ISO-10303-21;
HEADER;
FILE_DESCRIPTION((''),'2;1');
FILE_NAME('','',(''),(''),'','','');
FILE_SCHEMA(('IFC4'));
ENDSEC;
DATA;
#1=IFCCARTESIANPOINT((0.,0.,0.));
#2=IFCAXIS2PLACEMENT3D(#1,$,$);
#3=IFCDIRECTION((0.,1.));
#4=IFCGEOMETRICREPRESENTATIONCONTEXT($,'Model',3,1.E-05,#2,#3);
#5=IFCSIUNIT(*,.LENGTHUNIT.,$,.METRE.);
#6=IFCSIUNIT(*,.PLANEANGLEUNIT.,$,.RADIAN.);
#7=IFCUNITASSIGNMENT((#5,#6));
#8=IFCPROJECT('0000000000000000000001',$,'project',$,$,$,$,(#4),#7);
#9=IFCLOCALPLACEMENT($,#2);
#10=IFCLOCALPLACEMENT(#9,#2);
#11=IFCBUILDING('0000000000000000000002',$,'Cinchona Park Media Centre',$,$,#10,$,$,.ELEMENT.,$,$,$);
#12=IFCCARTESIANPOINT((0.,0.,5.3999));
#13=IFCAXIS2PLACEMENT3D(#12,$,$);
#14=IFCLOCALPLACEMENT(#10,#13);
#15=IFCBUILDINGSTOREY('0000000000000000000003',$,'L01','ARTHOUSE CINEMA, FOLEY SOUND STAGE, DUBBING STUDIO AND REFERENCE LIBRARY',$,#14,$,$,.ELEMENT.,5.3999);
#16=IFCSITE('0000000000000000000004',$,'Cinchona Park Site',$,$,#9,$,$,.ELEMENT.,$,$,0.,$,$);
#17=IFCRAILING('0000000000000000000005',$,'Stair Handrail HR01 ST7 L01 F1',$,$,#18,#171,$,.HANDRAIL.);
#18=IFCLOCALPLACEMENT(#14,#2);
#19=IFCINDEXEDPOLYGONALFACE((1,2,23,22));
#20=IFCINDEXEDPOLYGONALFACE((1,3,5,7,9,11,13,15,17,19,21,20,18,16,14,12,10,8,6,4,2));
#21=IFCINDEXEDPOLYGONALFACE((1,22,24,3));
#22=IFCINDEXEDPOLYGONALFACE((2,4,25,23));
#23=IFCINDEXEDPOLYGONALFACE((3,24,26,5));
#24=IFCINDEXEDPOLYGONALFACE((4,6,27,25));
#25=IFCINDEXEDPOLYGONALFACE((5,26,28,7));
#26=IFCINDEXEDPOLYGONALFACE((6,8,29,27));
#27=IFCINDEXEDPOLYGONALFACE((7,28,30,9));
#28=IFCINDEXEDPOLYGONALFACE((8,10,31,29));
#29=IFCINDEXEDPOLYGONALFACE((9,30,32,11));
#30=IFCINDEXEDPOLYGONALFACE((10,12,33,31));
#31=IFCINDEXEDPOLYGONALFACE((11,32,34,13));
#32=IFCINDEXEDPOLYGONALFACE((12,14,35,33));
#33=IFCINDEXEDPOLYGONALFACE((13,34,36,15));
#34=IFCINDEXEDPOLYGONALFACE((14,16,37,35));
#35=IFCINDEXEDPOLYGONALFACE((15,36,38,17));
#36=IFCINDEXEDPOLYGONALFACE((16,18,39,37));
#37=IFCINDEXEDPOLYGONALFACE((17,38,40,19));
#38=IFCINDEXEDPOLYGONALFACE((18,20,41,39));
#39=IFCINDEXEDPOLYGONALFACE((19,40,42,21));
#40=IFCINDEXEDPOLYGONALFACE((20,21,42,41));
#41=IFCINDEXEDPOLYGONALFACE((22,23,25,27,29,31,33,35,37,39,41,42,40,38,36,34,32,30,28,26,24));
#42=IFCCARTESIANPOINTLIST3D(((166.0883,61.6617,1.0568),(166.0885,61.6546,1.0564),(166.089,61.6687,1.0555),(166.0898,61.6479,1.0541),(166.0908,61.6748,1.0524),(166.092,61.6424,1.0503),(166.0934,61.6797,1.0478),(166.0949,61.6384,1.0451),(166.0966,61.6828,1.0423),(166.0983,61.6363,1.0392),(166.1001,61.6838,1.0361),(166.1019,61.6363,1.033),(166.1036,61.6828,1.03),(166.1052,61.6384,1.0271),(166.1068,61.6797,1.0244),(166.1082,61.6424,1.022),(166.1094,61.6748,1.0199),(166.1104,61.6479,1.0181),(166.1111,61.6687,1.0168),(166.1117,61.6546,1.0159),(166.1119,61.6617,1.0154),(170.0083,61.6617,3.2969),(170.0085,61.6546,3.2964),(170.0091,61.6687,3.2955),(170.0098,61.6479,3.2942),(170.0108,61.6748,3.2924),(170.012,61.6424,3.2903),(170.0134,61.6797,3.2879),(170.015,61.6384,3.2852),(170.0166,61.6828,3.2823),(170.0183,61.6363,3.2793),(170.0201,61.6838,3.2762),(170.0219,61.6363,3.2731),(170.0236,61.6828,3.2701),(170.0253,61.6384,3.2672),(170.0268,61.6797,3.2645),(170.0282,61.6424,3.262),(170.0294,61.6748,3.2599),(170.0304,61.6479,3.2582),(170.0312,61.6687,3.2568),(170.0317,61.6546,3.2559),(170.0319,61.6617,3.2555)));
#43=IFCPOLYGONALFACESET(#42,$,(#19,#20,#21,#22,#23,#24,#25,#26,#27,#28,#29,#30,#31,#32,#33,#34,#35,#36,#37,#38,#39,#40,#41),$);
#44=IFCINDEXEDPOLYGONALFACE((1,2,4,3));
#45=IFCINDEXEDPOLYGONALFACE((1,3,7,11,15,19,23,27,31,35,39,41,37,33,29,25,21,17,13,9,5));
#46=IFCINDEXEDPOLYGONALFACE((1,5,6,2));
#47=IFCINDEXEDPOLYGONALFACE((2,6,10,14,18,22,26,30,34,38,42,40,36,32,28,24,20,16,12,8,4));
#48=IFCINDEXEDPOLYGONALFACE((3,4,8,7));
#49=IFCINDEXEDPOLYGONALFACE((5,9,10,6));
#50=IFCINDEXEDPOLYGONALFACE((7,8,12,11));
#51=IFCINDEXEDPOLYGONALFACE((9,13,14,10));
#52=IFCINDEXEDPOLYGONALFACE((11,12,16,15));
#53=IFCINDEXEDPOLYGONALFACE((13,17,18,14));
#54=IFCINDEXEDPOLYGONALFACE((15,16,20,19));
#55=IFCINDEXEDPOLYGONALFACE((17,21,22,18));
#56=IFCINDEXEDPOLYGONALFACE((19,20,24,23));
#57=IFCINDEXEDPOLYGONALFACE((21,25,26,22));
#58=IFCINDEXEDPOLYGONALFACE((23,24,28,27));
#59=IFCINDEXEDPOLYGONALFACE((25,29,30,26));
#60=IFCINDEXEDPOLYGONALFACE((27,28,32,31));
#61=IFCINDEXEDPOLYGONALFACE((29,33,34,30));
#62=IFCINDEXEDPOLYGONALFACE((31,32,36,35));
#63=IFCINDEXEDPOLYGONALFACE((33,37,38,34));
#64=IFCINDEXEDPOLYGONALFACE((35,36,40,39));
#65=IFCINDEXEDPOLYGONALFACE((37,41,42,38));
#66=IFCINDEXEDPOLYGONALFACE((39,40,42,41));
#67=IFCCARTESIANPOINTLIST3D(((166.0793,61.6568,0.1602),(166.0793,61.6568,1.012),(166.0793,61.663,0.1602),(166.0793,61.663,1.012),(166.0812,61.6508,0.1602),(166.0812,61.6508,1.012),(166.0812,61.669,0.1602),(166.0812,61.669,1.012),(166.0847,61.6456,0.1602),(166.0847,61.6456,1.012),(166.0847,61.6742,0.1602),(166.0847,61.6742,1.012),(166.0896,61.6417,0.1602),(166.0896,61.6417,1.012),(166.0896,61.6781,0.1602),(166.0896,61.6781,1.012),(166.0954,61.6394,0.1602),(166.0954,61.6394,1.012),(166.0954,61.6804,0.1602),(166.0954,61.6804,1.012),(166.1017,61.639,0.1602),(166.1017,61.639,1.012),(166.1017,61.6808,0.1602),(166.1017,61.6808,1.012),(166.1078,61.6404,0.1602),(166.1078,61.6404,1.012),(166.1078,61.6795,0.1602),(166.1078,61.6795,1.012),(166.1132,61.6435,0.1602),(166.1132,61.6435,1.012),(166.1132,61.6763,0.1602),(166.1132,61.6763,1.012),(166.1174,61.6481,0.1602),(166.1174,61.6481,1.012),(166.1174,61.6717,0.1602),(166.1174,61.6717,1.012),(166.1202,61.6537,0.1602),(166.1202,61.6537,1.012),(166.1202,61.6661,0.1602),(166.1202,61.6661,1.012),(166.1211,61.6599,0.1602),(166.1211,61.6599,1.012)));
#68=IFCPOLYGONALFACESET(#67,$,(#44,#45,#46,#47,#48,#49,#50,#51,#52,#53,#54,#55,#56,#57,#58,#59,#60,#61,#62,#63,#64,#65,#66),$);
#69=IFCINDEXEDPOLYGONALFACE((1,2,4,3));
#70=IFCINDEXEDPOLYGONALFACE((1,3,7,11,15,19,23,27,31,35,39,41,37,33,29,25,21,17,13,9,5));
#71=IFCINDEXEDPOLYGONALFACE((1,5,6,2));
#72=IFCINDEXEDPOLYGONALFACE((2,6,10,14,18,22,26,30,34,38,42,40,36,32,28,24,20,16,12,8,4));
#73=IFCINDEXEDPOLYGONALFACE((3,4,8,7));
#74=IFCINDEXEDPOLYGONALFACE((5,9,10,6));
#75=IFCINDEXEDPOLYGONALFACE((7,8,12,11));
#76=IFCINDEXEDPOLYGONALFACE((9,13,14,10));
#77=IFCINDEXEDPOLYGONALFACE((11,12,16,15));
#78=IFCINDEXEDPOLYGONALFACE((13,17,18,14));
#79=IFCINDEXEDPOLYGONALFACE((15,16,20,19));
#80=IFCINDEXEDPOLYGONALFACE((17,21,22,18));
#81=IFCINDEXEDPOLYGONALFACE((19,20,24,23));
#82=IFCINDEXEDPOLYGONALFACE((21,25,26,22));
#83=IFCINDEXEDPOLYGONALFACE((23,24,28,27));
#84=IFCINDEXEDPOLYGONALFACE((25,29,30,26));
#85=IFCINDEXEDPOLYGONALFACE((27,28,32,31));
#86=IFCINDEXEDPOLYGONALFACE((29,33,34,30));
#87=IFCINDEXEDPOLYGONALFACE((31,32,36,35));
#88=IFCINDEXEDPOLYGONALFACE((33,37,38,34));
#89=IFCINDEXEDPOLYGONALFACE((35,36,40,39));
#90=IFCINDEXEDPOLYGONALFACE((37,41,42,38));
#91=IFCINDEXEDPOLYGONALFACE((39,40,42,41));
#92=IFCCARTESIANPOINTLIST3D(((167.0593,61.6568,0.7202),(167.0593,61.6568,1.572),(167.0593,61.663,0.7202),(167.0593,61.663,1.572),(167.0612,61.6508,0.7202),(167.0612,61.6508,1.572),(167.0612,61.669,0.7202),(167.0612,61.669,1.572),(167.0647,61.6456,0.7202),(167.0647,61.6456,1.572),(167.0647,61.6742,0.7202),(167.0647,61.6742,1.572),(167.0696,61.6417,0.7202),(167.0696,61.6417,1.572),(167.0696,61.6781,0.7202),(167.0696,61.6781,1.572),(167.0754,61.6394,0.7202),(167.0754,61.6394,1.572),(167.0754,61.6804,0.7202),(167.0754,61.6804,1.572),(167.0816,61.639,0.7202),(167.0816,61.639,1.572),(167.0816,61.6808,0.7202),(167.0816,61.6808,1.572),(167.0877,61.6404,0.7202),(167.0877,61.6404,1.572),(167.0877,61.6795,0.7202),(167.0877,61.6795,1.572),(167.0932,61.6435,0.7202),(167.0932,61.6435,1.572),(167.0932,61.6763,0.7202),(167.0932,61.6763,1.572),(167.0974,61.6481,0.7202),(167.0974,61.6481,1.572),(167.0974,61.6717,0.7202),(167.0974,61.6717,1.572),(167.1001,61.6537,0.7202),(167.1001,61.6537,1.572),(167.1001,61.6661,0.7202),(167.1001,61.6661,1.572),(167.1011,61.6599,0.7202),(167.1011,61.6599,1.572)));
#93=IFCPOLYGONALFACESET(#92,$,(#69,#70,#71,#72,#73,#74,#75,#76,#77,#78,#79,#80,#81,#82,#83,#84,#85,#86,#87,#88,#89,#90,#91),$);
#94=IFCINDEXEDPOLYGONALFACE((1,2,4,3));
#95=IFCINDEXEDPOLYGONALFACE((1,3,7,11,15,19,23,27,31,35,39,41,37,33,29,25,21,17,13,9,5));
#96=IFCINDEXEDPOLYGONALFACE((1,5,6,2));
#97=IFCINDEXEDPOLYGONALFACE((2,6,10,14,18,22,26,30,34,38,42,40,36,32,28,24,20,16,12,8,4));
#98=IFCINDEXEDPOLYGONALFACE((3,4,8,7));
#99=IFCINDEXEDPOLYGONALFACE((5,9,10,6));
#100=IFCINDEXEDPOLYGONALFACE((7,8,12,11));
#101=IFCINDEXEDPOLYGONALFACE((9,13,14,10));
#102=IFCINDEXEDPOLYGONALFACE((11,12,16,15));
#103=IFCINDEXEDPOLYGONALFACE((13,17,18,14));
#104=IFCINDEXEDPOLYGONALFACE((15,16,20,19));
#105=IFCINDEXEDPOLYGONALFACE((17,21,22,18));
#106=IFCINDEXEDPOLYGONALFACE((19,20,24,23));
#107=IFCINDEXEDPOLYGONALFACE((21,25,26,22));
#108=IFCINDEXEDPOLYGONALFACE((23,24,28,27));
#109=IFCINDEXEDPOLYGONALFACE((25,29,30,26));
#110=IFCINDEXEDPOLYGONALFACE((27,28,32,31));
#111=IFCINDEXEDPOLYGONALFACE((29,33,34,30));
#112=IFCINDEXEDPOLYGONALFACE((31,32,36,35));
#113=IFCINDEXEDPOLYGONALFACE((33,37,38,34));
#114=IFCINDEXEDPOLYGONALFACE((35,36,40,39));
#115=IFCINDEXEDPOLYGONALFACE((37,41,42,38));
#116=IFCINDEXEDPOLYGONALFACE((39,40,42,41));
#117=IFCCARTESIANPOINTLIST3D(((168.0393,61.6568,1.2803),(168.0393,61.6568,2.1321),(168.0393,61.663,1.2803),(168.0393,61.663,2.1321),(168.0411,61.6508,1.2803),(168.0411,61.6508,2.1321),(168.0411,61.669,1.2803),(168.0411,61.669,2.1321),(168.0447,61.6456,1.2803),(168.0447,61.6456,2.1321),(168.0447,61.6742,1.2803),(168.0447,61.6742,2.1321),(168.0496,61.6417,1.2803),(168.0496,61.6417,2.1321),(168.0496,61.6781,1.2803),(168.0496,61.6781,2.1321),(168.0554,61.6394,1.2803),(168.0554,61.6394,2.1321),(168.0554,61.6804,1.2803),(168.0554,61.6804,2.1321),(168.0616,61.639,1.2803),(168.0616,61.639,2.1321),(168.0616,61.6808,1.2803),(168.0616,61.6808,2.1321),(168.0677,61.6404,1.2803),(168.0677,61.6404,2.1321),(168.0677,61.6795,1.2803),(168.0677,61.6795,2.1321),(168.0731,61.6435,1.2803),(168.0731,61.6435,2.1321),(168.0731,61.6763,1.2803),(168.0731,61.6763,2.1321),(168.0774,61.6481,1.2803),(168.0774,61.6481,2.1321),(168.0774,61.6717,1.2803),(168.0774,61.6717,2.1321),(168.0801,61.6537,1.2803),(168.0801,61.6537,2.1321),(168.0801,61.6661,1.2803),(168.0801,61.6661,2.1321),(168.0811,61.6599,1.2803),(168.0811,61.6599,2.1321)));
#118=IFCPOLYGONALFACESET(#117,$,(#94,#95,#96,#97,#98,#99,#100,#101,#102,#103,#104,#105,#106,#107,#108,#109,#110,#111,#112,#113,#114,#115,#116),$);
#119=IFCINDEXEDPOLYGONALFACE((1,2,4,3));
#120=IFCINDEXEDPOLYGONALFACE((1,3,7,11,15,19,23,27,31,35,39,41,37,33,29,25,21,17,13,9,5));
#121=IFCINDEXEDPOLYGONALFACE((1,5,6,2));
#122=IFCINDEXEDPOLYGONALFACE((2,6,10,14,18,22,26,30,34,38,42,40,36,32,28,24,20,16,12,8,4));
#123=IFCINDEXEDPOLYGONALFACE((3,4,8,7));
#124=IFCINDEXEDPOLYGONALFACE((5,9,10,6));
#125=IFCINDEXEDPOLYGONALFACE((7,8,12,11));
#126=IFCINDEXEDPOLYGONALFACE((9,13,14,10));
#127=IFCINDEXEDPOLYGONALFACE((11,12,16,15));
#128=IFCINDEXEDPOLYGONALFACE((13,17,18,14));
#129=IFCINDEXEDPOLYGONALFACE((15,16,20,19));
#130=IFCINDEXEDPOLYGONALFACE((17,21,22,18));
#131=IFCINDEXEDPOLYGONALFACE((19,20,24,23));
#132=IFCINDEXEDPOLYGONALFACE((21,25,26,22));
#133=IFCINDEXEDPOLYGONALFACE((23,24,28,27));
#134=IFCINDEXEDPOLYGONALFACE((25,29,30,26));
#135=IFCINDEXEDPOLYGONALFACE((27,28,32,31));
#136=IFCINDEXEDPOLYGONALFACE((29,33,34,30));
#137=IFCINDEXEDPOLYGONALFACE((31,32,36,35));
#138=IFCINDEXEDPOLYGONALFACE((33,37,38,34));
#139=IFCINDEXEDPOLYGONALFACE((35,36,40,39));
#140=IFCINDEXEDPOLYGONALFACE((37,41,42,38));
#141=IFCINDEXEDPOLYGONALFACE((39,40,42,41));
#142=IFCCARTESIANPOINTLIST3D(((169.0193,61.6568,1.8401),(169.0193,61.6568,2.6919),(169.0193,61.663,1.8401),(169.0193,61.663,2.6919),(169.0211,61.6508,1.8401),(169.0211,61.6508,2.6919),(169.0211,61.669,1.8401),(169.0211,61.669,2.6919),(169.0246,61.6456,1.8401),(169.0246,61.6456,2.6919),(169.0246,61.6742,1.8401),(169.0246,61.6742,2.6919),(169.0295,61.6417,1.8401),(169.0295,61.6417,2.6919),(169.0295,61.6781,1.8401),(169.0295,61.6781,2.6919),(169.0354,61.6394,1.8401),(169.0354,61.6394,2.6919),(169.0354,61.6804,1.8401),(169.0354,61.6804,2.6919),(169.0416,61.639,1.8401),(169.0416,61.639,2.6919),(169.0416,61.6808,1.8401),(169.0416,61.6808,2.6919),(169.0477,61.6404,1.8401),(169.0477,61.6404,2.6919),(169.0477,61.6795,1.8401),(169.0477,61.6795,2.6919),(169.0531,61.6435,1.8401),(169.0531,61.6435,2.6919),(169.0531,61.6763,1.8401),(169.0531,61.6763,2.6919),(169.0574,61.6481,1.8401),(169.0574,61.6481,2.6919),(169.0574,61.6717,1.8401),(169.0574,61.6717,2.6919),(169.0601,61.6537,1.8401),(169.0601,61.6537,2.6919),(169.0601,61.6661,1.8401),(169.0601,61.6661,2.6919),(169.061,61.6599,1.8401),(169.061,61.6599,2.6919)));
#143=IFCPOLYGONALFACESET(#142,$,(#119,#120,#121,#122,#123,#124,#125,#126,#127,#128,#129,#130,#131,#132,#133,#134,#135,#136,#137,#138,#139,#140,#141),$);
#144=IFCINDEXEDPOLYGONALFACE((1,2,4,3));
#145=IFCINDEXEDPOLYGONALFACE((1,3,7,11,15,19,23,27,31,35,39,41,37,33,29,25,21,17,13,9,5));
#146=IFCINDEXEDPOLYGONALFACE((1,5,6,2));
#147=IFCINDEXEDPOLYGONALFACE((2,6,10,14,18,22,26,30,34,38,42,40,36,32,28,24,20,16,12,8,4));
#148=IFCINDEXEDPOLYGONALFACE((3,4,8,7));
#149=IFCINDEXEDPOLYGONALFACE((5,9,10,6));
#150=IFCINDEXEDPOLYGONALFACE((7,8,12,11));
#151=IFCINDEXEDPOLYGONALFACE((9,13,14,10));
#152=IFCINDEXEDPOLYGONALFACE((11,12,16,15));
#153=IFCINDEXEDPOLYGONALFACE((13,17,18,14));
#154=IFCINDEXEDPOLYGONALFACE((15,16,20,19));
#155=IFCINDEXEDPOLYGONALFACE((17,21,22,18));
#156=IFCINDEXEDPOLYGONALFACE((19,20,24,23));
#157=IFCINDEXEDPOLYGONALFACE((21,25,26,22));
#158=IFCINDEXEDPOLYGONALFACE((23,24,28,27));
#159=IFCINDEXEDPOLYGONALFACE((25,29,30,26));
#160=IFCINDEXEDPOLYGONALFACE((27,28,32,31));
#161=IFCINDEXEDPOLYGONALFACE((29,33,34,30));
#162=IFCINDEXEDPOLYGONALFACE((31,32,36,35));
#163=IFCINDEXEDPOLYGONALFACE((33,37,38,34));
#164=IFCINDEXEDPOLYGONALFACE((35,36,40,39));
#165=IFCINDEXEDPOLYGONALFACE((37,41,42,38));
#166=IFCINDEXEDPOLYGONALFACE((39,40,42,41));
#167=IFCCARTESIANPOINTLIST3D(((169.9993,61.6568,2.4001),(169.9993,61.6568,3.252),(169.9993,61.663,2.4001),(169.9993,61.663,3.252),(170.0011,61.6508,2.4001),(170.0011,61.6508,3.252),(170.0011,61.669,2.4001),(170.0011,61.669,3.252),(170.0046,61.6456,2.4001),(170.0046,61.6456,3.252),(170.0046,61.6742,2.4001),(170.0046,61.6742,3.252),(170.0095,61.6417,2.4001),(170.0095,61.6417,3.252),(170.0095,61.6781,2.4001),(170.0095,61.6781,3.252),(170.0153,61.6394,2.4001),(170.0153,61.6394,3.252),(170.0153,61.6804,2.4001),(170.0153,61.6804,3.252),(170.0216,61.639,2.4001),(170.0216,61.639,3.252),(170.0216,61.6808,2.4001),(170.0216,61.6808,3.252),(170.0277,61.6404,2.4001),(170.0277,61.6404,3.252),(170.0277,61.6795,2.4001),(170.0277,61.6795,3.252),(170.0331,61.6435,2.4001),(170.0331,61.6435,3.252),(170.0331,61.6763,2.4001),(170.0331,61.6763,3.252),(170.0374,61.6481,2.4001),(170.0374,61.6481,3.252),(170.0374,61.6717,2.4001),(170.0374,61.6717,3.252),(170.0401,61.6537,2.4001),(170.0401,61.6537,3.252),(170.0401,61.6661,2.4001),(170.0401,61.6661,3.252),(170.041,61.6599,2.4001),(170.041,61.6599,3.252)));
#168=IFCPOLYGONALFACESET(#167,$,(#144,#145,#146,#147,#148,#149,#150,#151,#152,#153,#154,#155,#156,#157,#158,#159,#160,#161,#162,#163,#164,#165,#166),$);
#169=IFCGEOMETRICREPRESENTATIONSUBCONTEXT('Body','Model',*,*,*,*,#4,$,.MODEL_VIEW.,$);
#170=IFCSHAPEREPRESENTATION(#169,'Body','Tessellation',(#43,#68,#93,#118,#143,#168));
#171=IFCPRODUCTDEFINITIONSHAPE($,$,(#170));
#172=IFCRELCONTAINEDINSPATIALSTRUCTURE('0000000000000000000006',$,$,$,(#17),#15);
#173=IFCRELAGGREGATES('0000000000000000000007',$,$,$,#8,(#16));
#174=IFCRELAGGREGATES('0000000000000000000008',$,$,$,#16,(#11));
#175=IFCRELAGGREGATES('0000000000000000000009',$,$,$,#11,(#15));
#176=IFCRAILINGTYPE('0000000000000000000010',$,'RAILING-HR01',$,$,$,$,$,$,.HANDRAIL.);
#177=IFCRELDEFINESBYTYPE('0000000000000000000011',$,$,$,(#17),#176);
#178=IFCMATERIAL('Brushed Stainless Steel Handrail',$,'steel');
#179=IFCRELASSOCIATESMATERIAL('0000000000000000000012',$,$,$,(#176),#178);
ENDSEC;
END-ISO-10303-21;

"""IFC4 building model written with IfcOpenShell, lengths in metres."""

from ifc_helpers import new_model, si_unit, direction, frame, origin, origin_2d, place, context, subcontext, project, spatial, circle, extrude, material, type_object, element, save


model = new_model("IFC4")

# Units and contexts
model_context = context("Model", 3, precision=1e-05, world=origin(), true_north=direction((0.0, 1.0)))
body_context = subcontext(model_context, "Body", "Model", "MODEL_VIEW")
ifc_project = project(units=[si_unit("LENGTHUNIT", "METRE"), si_unit("PLANEANGLEUNIT", "RADIAN")], contexts=[model_context])

# Site, building, storey
site_placement = place(None, origin())
site = spatial("IfcSite", under=ifc_project, at=site_placement, Name="Cinchona Park Site", CompositionType="ELEMENT", RefElevation=0.0)
building_placement = place(site_placement, origin())
building = spatial("IfcBuilding", under=site, at=building_placement, Name="Cinchona Park Media Centre", CompositionType="ELEMENT")
storey_placement = place(building_placement, frame((0.0, 0.0, 5.3999)))
storey = spatial("IfcBuildingStorey", under=building, at=storey_placement, Name="L01", Description="ARTHOUSE CINEMA, FOLEY SOUND STAGE, DUBBING STUDIO AND REFERENCE LIBRARY", CompositionType="ELEMENT", Elevation=5.3999)

# Railing
ifc_material_1 = material(Name="Brushed Stainless Steel Handrail", Category="steel")
railing_type_1 = type_object("IfcRailingType", Name="RAILING-HR01", PredefinedType="HANDRAIL", material=ifc_material_1)
railing_1_placement = place(storey_placement, frame((166.1001, 61.6599, 0.1602)))
element("IfcRailing", 1, at=railing_1_placement, inside=storey, type_object=railing_type_1, Name="Stair Handrail HR01 ST7 L01 F1", PredefinedType="HANDRAIL", context=body_context, shape_type="SweptSolid", body=[
    extrude(circle(Radius=0.0239, at=origin_2d()), frame((0.0, 0.0, 0.876), z_axis=(0.86824, 0.0, 0.496145), x_axis=(0.0, 1.0, 0.0)), (0.0, 0.0, 1.0), 4.5149),
    extrude(circle(Radius=0.021, at=origin_2d()), origin(), (0.0, 0.0, 1.0), 0.8518),
    extrude(circle(Radius=0.021, at=origin_2d()), frame((0.98, 0.0, 0.5601)), (0.0, 0.0, 1.0), 0.8518),
    extrude(circle(Radius=0.021, at=origin_2d()), frame((1.96, 0.0, 1.1201)), (0.0, 0.0, 1.0), 0.8518),
    extrude(circle(Radius=0.021, at=origin_2d()), frame((2.9399, 0.0, 1.6799)), (0.0, 0.0, 1.0), 0.8518),
    extrude(circle(Radius=0.021, at=origin_2d()), frame((3.9199, 0.0, 2.24)), (0.0, 0.0, 1.0), 0.8518),
])

save(model, "model.ifc")
